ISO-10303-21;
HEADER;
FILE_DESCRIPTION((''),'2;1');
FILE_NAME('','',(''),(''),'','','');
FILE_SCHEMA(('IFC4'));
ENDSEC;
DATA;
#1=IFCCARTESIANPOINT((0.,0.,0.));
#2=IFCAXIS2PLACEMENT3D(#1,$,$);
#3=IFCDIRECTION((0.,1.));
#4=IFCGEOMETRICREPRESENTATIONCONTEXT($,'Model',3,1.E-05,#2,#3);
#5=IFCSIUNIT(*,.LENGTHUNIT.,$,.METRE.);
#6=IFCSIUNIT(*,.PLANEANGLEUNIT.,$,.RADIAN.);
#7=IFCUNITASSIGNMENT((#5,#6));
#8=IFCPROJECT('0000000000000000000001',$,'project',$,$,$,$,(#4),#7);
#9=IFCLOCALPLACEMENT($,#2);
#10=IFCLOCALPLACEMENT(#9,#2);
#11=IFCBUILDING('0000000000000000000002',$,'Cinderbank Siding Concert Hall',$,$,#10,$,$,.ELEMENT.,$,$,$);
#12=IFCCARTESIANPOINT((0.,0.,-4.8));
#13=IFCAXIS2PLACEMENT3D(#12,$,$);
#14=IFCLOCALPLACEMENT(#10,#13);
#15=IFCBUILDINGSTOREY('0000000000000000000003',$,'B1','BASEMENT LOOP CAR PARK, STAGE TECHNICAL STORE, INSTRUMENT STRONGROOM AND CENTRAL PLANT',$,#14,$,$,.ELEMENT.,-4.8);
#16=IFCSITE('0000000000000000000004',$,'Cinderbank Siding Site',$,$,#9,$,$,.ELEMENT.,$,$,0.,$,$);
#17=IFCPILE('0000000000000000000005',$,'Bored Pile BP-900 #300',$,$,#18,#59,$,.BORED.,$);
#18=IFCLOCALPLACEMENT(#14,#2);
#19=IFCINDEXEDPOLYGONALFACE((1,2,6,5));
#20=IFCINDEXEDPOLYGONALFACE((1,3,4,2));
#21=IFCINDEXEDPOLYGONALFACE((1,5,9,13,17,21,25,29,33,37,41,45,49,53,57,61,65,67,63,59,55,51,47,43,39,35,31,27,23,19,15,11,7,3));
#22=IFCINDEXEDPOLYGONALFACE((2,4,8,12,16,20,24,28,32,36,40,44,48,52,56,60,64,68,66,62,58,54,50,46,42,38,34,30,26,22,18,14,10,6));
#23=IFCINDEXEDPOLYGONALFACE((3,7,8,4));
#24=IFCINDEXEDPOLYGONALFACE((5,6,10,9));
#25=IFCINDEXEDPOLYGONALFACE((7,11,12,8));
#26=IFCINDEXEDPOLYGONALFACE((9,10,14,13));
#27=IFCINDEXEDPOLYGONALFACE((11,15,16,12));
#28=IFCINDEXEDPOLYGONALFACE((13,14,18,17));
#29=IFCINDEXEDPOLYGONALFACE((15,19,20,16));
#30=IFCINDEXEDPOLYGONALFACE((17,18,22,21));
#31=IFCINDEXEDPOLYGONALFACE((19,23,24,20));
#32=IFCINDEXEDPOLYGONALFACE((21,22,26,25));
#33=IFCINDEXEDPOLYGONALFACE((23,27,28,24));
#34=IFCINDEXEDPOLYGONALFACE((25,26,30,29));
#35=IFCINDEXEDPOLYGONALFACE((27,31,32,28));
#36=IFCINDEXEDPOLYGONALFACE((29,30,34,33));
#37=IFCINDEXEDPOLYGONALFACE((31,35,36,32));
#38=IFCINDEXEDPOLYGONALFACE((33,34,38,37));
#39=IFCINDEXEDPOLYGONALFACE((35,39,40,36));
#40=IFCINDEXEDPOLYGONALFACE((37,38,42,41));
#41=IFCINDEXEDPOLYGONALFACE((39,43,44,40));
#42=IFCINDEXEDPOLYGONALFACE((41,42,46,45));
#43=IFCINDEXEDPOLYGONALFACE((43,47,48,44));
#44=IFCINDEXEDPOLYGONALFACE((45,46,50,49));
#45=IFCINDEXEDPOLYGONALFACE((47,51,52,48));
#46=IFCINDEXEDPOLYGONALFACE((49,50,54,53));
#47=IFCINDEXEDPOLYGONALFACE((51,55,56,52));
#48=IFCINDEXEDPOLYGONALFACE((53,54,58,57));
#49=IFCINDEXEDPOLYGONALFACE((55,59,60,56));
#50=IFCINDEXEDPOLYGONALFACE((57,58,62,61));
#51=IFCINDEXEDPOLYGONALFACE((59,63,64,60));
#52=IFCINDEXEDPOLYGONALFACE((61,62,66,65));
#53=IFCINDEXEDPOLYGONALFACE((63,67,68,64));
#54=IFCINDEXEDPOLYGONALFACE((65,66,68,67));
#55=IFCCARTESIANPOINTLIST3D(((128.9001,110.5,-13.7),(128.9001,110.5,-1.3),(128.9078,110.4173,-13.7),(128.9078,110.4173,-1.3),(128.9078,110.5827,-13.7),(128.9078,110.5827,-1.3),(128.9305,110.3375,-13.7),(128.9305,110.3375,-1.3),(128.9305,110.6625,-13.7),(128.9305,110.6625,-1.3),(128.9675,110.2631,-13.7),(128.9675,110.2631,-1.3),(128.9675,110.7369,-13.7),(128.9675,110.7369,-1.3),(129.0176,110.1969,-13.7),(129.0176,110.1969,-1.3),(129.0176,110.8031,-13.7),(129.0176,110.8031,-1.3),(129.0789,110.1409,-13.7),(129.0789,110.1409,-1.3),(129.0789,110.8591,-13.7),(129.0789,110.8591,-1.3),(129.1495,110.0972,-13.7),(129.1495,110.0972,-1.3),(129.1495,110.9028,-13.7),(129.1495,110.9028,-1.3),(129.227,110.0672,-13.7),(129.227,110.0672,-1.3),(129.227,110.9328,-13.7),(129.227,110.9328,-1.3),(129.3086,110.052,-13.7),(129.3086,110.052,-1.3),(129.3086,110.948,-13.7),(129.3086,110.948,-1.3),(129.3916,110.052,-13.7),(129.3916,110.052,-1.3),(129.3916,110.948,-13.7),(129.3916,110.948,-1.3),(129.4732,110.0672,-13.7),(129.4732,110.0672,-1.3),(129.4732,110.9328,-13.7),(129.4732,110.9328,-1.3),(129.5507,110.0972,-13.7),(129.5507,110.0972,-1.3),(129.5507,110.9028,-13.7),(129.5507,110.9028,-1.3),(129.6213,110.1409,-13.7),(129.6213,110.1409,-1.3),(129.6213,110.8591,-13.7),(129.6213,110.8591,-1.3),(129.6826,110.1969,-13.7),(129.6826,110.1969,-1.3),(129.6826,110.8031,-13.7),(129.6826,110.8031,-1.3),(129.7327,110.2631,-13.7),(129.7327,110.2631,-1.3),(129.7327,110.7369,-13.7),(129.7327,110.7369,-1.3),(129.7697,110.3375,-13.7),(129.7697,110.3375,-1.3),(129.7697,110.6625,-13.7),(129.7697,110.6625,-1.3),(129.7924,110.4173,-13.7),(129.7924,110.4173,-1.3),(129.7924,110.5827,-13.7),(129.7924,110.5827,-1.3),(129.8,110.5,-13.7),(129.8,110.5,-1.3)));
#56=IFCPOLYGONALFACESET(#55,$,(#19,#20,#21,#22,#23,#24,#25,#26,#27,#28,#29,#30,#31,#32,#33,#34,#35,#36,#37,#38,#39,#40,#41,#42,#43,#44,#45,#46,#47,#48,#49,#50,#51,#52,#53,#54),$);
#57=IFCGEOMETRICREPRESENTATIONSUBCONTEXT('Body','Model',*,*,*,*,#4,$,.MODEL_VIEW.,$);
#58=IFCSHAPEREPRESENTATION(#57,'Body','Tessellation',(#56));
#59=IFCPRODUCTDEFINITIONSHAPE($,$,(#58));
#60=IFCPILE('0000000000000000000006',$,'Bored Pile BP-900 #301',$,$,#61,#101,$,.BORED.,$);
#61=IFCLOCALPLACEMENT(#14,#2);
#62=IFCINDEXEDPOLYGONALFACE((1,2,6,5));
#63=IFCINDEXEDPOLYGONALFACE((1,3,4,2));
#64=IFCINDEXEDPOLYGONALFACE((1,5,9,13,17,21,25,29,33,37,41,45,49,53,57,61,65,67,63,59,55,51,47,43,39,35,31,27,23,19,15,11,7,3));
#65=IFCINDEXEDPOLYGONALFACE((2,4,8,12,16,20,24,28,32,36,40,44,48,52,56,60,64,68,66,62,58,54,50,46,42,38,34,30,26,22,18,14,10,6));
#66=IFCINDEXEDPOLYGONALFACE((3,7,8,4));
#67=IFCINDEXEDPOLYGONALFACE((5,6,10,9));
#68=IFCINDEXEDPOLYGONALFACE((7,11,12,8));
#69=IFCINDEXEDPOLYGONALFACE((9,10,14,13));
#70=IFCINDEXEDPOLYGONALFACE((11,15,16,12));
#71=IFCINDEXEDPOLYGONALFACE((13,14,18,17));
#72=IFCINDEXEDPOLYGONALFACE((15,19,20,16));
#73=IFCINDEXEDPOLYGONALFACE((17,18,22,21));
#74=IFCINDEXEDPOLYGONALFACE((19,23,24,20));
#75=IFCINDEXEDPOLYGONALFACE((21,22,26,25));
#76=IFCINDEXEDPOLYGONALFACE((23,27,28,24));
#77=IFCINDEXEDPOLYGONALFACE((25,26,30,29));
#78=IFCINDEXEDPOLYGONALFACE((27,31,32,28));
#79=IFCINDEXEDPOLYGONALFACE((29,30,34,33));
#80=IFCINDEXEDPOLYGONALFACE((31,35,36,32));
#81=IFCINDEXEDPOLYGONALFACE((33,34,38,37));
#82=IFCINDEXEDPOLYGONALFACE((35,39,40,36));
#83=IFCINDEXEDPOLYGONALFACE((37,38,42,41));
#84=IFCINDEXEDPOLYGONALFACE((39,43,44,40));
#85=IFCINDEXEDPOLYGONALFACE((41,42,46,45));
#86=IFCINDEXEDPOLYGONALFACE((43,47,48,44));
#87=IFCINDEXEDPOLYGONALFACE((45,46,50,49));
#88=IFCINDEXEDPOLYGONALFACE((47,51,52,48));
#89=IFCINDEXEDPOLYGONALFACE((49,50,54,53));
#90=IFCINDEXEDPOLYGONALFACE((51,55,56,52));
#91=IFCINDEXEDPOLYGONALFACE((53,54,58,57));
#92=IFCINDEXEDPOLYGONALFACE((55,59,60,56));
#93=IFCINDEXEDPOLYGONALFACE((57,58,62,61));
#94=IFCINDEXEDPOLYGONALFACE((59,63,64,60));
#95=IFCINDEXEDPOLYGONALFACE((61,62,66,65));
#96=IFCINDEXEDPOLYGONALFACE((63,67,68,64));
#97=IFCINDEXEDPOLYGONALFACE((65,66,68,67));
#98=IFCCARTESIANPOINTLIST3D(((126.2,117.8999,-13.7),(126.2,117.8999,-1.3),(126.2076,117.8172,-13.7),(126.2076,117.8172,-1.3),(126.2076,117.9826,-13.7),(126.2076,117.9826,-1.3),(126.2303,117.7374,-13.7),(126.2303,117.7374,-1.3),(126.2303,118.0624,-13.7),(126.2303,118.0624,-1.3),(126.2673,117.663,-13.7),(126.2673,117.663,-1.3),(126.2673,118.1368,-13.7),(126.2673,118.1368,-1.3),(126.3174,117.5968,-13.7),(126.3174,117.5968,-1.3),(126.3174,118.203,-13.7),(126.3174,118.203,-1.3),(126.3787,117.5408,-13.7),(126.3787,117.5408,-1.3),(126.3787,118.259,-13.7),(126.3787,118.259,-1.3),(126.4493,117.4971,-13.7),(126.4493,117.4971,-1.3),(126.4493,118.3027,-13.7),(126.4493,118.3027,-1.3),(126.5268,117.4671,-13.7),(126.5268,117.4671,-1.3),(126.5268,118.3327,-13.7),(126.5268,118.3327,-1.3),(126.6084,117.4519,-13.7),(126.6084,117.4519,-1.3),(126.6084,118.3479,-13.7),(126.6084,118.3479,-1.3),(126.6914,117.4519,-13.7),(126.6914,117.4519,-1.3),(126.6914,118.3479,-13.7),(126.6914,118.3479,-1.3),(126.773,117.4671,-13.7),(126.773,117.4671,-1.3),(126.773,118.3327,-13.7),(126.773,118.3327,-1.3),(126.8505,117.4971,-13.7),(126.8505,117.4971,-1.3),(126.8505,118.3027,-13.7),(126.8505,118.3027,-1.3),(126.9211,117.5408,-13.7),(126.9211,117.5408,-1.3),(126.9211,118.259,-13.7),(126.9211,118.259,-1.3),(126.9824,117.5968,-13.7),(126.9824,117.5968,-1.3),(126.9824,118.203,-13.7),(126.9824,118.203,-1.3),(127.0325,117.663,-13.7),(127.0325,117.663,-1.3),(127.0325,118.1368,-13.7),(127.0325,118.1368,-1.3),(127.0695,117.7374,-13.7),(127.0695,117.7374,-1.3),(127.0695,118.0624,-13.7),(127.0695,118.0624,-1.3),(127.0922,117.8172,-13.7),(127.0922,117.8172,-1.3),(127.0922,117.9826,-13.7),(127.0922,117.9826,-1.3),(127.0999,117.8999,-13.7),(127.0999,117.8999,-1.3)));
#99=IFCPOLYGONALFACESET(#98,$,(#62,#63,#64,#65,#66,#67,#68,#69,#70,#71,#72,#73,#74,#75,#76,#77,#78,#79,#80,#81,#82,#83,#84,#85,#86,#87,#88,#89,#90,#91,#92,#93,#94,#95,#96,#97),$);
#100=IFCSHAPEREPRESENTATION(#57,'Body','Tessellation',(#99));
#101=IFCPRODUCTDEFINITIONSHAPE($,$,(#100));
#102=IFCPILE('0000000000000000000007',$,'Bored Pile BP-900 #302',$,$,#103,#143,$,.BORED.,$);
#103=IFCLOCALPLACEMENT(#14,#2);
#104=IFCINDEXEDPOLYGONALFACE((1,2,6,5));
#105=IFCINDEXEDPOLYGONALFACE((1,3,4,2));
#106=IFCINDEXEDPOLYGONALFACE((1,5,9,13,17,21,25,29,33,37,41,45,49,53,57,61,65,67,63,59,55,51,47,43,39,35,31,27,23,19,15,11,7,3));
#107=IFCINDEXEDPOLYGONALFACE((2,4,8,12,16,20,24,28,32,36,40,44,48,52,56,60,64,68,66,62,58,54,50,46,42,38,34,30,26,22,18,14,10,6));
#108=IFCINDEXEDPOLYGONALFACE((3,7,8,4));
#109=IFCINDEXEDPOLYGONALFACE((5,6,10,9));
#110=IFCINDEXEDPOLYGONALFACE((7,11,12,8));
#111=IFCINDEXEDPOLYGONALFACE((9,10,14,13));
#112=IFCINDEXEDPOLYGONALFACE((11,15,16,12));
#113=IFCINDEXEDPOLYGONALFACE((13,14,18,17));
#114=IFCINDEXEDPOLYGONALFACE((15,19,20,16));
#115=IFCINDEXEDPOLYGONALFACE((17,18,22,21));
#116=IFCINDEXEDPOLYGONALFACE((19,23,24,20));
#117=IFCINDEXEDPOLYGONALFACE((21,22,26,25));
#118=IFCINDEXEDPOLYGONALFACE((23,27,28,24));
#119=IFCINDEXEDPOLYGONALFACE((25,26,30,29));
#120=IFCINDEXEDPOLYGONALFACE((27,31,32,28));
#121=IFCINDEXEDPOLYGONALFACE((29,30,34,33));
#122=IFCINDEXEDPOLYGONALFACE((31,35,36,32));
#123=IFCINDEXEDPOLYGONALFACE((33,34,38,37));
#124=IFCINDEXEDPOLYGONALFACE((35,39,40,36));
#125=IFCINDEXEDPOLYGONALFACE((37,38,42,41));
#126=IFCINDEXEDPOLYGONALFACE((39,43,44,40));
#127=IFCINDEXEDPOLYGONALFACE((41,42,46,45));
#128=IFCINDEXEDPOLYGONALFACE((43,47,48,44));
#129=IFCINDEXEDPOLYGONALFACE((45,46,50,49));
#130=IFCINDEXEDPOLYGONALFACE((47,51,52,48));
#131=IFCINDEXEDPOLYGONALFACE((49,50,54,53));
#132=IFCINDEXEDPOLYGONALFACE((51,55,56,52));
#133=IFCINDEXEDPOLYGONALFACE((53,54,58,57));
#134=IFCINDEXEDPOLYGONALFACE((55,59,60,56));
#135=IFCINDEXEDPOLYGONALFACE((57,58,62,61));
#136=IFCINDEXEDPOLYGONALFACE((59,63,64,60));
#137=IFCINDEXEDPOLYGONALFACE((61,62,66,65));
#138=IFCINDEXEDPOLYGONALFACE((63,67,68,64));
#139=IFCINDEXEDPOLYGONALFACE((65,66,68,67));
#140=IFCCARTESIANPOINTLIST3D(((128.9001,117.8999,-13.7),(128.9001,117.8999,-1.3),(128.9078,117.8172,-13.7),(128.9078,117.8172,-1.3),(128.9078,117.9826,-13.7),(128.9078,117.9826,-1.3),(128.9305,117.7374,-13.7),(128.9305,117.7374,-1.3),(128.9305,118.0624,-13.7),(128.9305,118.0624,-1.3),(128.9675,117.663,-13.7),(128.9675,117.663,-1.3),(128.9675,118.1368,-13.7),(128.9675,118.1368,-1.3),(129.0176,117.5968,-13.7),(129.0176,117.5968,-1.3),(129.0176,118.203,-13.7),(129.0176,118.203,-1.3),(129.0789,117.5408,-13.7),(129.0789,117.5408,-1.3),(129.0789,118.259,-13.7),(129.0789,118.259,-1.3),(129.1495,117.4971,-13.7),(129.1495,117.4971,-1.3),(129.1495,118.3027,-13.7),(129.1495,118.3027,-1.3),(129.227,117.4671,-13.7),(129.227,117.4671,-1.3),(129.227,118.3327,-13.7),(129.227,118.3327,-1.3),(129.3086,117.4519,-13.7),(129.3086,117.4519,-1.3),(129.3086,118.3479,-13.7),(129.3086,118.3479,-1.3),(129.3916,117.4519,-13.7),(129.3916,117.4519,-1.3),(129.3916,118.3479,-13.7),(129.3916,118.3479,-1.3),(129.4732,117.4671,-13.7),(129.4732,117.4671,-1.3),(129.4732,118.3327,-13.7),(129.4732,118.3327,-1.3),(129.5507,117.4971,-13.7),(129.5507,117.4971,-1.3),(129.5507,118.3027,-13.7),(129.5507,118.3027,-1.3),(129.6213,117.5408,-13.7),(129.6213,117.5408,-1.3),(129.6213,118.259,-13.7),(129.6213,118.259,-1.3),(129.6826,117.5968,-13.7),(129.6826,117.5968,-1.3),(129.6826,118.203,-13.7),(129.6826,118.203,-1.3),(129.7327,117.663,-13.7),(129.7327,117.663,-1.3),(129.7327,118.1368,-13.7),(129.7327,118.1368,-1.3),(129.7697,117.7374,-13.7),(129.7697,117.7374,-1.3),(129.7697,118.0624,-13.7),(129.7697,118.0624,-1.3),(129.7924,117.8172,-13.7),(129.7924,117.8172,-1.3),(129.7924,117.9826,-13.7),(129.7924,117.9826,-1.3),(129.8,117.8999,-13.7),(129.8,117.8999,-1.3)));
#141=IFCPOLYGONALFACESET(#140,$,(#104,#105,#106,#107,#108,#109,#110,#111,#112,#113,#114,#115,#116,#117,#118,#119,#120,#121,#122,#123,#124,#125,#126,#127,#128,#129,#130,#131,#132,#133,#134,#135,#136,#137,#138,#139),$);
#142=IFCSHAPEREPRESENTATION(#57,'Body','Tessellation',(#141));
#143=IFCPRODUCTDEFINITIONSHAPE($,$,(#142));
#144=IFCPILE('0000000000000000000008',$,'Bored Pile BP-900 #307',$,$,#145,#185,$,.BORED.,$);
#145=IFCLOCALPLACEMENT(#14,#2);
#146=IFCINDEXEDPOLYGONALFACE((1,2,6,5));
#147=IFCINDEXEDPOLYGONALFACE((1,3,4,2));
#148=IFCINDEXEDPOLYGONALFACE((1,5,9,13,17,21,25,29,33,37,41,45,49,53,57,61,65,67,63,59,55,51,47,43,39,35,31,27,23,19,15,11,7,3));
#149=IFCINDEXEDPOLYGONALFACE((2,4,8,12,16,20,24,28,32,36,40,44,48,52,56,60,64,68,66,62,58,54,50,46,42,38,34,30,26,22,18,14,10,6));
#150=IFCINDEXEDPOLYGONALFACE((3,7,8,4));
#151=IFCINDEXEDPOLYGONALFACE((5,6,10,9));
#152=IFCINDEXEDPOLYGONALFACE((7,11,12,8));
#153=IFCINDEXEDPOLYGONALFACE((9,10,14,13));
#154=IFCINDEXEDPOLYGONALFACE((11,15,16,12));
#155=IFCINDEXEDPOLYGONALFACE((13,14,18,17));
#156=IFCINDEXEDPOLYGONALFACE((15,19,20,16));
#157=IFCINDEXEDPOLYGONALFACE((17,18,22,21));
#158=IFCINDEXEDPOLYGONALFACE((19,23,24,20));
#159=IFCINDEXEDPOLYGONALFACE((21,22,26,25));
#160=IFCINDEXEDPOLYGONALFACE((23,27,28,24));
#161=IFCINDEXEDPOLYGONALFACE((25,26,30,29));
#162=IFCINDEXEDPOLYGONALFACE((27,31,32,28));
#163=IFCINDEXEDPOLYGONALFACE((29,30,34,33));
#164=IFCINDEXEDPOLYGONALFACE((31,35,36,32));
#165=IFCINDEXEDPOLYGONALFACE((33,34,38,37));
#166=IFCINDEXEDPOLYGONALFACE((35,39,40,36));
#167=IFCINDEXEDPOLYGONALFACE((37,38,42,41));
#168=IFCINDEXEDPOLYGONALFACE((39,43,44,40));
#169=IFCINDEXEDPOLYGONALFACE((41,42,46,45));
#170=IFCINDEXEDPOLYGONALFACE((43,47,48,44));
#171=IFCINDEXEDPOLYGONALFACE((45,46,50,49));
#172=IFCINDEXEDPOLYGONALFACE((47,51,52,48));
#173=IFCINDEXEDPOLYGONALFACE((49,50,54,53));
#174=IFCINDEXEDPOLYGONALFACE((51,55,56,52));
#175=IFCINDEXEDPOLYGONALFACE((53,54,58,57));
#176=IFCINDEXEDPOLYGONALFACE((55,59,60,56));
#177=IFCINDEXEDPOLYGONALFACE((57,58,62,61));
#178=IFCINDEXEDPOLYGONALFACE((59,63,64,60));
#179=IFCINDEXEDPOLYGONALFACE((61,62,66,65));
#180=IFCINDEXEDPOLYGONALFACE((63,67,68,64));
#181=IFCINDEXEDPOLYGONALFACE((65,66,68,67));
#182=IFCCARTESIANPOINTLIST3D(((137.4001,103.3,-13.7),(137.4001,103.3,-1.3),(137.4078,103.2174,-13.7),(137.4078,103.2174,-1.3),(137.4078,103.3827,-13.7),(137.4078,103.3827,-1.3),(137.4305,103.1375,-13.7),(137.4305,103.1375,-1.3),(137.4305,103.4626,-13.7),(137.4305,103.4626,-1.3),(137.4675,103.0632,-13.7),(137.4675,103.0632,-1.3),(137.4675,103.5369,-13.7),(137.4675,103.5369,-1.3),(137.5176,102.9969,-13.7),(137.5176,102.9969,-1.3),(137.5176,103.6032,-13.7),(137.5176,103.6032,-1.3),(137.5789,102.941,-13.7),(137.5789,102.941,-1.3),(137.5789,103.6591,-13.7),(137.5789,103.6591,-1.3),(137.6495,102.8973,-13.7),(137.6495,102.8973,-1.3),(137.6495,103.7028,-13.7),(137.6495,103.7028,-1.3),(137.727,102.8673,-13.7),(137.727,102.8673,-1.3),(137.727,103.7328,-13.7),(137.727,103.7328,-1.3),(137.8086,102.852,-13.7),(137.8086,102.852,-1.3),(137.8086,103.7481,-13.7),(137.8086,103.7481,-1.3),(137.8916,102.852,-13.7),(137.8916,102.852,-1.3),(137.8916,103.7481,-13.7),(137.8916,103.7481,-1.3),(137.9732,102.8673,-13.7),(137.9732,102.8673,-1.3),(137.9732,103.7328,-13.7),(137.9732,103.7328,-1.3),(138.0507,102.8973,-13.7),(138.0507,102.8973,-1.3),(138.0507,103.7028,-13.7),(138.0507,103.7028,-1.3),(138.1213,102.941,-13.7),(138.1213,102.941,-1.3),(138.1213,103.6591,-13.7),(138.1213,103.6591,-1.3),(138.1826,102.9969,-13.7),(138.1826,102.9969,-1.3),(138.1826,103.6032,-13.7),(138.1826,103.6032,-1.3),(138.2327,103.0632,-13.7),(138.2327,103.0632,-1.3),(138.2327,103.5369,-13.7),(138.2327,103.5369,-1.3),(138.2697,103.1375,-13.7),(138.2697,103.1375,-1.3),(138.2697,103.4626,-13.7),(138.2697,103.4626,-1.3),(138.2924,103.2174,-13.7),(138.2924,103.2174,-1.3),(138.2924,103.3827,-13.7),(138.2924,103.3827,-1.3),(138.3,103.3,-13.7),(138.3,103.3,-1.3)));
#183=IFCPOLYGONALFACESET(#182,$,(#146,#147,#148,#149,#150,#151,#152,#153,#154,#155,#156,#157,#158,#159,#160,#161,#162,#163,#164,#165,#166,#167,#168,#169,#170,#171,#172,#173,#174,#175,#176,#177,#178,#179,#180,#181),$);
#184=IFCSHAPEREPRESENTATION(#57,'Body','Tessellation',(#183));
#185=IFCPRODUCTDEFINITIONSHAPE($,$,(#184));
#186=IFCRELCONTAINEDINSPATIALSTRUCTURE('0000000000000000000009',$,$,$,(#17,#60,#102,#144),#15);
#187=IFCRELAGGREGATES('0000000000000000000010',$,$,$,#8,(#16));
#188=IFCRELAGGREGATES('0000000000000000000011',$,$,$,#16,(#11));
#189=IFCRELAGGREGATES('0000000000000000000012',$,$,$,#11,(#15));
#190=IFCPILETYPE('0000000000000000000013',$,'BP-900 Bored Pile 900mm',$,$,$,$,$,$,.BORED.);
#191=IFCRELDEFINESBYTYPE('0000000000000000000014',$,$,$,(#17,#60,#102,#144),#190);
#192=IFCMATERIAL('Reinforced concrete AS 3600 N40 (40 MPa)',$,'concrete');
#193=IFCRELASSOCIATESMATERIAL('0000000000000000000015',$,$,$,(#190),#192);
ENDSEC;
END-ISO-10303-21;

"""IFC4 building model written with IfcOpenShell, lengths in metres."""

from ifc_helpers import new_model, si_unit, direction, frame, origin, origin_2d, place, context, subcontext, project, spatial, circle, extrude, material, material_profile, profile_set, type_object, element, save


model = new_model("IFC4")

# Units and contexts
model_context = context("Model", 3, precision=1e-05, world=origin(), true_north=direction((0.0, 1.0)))
body_context = subcontext(model_context, "Body", "Model", "MODEL_VIEW")
ifc_project = project(units=[si_unit("LENGTHUNIT", "METRE"), si_unit("PLANEANGLEUNIT", "RADIAN")], contexts=[model_context])

# Site, building, storey
site_placement = place(None, origin())
site = spatial("IfcSite", under=ifc_project, at=site_placement, Name="Cinderbank Siding Site", CompositionType="ELEMENT", RefElevation=0.0)
building_placement = place(site_placement, origin())
building = spatial("IfcBuilding", under=site, at=building_placement, Name="Cinderbank Siding Concert Hall", CompositionType="ELEMENT")
storey_placement = place(building_placement, frame((0.0, 0.0, -4.8)))
storey = spatial("IfcBuildingStorey", under=building, at=storey_placement, Name="B1", Description="BASEMENT LOOP CAR PARK, STAGE TECHNICAL STORE, INSTRUMENT STRONGROOM AND CENTRAL PLANT", CompositionType="ELEMENT", Elevation=-4.8)

# Piles
ifc_material_1 = material(Name="Reinforced concrete AS 3600 N40 (40 MPa)", Category="concrete")
ifc_material_profile_1 = material_profile(ifc_material_1, circle(Radius=0.45, at=origin_2d()), Name="PILE-900DIA", Category="LoadBearing")
ifc_profile_set_1 = profile_set([ifc_material_profile_1], Name="Reinforced concrete AS 3600 N40 (40 MPa)")
pile_type = type_object("IfcPileType", Name="BP-900 Bored Pile 900mm", PredefinedType="BORED", material=ifc_profile_set_1)
for number, where, z_axis, x_axis, name in (
    (1, (129.3501, 110.5, -1.3), (0.0, 0.0, -1.0), (1.0, 0.0, 0.0), "Bored Pile BP-900 #300"),
    (2, (126.6499, 117.8999, -1.3), (0.0, 0.0, -1.0), (1.0, 0.0, 0.0), "Bored Pile BP-900 #301"),
    (3, (129.3501, 117.8999, -1.3), (0.0, 0.0, -1.0), (1.0, 0.0, 0.0), "Bored Pile BP-900 #302"),
    (4, (137.8501, 103.3, -1.3), (0.0, 0.0, -1.0), (1.0, 0.0, 0.0), "Bored Pile BP-900 #307"),
):
    element("IfcPile", number, at=place(storey_placement, frame(where, z_axis=z_axis, x_axis=x_axis)), inside=storey, type_object=pile_type, Name=name, PredefinedType="BORED", context=body_context, shape_type="SweptSolid", body=[
        extrude(circle(Radius=0.45, at=origin_2d()), origin(), (0.0, 0.0, 1.0), 12.3999),
    ])

save(model, "model.ifc")
